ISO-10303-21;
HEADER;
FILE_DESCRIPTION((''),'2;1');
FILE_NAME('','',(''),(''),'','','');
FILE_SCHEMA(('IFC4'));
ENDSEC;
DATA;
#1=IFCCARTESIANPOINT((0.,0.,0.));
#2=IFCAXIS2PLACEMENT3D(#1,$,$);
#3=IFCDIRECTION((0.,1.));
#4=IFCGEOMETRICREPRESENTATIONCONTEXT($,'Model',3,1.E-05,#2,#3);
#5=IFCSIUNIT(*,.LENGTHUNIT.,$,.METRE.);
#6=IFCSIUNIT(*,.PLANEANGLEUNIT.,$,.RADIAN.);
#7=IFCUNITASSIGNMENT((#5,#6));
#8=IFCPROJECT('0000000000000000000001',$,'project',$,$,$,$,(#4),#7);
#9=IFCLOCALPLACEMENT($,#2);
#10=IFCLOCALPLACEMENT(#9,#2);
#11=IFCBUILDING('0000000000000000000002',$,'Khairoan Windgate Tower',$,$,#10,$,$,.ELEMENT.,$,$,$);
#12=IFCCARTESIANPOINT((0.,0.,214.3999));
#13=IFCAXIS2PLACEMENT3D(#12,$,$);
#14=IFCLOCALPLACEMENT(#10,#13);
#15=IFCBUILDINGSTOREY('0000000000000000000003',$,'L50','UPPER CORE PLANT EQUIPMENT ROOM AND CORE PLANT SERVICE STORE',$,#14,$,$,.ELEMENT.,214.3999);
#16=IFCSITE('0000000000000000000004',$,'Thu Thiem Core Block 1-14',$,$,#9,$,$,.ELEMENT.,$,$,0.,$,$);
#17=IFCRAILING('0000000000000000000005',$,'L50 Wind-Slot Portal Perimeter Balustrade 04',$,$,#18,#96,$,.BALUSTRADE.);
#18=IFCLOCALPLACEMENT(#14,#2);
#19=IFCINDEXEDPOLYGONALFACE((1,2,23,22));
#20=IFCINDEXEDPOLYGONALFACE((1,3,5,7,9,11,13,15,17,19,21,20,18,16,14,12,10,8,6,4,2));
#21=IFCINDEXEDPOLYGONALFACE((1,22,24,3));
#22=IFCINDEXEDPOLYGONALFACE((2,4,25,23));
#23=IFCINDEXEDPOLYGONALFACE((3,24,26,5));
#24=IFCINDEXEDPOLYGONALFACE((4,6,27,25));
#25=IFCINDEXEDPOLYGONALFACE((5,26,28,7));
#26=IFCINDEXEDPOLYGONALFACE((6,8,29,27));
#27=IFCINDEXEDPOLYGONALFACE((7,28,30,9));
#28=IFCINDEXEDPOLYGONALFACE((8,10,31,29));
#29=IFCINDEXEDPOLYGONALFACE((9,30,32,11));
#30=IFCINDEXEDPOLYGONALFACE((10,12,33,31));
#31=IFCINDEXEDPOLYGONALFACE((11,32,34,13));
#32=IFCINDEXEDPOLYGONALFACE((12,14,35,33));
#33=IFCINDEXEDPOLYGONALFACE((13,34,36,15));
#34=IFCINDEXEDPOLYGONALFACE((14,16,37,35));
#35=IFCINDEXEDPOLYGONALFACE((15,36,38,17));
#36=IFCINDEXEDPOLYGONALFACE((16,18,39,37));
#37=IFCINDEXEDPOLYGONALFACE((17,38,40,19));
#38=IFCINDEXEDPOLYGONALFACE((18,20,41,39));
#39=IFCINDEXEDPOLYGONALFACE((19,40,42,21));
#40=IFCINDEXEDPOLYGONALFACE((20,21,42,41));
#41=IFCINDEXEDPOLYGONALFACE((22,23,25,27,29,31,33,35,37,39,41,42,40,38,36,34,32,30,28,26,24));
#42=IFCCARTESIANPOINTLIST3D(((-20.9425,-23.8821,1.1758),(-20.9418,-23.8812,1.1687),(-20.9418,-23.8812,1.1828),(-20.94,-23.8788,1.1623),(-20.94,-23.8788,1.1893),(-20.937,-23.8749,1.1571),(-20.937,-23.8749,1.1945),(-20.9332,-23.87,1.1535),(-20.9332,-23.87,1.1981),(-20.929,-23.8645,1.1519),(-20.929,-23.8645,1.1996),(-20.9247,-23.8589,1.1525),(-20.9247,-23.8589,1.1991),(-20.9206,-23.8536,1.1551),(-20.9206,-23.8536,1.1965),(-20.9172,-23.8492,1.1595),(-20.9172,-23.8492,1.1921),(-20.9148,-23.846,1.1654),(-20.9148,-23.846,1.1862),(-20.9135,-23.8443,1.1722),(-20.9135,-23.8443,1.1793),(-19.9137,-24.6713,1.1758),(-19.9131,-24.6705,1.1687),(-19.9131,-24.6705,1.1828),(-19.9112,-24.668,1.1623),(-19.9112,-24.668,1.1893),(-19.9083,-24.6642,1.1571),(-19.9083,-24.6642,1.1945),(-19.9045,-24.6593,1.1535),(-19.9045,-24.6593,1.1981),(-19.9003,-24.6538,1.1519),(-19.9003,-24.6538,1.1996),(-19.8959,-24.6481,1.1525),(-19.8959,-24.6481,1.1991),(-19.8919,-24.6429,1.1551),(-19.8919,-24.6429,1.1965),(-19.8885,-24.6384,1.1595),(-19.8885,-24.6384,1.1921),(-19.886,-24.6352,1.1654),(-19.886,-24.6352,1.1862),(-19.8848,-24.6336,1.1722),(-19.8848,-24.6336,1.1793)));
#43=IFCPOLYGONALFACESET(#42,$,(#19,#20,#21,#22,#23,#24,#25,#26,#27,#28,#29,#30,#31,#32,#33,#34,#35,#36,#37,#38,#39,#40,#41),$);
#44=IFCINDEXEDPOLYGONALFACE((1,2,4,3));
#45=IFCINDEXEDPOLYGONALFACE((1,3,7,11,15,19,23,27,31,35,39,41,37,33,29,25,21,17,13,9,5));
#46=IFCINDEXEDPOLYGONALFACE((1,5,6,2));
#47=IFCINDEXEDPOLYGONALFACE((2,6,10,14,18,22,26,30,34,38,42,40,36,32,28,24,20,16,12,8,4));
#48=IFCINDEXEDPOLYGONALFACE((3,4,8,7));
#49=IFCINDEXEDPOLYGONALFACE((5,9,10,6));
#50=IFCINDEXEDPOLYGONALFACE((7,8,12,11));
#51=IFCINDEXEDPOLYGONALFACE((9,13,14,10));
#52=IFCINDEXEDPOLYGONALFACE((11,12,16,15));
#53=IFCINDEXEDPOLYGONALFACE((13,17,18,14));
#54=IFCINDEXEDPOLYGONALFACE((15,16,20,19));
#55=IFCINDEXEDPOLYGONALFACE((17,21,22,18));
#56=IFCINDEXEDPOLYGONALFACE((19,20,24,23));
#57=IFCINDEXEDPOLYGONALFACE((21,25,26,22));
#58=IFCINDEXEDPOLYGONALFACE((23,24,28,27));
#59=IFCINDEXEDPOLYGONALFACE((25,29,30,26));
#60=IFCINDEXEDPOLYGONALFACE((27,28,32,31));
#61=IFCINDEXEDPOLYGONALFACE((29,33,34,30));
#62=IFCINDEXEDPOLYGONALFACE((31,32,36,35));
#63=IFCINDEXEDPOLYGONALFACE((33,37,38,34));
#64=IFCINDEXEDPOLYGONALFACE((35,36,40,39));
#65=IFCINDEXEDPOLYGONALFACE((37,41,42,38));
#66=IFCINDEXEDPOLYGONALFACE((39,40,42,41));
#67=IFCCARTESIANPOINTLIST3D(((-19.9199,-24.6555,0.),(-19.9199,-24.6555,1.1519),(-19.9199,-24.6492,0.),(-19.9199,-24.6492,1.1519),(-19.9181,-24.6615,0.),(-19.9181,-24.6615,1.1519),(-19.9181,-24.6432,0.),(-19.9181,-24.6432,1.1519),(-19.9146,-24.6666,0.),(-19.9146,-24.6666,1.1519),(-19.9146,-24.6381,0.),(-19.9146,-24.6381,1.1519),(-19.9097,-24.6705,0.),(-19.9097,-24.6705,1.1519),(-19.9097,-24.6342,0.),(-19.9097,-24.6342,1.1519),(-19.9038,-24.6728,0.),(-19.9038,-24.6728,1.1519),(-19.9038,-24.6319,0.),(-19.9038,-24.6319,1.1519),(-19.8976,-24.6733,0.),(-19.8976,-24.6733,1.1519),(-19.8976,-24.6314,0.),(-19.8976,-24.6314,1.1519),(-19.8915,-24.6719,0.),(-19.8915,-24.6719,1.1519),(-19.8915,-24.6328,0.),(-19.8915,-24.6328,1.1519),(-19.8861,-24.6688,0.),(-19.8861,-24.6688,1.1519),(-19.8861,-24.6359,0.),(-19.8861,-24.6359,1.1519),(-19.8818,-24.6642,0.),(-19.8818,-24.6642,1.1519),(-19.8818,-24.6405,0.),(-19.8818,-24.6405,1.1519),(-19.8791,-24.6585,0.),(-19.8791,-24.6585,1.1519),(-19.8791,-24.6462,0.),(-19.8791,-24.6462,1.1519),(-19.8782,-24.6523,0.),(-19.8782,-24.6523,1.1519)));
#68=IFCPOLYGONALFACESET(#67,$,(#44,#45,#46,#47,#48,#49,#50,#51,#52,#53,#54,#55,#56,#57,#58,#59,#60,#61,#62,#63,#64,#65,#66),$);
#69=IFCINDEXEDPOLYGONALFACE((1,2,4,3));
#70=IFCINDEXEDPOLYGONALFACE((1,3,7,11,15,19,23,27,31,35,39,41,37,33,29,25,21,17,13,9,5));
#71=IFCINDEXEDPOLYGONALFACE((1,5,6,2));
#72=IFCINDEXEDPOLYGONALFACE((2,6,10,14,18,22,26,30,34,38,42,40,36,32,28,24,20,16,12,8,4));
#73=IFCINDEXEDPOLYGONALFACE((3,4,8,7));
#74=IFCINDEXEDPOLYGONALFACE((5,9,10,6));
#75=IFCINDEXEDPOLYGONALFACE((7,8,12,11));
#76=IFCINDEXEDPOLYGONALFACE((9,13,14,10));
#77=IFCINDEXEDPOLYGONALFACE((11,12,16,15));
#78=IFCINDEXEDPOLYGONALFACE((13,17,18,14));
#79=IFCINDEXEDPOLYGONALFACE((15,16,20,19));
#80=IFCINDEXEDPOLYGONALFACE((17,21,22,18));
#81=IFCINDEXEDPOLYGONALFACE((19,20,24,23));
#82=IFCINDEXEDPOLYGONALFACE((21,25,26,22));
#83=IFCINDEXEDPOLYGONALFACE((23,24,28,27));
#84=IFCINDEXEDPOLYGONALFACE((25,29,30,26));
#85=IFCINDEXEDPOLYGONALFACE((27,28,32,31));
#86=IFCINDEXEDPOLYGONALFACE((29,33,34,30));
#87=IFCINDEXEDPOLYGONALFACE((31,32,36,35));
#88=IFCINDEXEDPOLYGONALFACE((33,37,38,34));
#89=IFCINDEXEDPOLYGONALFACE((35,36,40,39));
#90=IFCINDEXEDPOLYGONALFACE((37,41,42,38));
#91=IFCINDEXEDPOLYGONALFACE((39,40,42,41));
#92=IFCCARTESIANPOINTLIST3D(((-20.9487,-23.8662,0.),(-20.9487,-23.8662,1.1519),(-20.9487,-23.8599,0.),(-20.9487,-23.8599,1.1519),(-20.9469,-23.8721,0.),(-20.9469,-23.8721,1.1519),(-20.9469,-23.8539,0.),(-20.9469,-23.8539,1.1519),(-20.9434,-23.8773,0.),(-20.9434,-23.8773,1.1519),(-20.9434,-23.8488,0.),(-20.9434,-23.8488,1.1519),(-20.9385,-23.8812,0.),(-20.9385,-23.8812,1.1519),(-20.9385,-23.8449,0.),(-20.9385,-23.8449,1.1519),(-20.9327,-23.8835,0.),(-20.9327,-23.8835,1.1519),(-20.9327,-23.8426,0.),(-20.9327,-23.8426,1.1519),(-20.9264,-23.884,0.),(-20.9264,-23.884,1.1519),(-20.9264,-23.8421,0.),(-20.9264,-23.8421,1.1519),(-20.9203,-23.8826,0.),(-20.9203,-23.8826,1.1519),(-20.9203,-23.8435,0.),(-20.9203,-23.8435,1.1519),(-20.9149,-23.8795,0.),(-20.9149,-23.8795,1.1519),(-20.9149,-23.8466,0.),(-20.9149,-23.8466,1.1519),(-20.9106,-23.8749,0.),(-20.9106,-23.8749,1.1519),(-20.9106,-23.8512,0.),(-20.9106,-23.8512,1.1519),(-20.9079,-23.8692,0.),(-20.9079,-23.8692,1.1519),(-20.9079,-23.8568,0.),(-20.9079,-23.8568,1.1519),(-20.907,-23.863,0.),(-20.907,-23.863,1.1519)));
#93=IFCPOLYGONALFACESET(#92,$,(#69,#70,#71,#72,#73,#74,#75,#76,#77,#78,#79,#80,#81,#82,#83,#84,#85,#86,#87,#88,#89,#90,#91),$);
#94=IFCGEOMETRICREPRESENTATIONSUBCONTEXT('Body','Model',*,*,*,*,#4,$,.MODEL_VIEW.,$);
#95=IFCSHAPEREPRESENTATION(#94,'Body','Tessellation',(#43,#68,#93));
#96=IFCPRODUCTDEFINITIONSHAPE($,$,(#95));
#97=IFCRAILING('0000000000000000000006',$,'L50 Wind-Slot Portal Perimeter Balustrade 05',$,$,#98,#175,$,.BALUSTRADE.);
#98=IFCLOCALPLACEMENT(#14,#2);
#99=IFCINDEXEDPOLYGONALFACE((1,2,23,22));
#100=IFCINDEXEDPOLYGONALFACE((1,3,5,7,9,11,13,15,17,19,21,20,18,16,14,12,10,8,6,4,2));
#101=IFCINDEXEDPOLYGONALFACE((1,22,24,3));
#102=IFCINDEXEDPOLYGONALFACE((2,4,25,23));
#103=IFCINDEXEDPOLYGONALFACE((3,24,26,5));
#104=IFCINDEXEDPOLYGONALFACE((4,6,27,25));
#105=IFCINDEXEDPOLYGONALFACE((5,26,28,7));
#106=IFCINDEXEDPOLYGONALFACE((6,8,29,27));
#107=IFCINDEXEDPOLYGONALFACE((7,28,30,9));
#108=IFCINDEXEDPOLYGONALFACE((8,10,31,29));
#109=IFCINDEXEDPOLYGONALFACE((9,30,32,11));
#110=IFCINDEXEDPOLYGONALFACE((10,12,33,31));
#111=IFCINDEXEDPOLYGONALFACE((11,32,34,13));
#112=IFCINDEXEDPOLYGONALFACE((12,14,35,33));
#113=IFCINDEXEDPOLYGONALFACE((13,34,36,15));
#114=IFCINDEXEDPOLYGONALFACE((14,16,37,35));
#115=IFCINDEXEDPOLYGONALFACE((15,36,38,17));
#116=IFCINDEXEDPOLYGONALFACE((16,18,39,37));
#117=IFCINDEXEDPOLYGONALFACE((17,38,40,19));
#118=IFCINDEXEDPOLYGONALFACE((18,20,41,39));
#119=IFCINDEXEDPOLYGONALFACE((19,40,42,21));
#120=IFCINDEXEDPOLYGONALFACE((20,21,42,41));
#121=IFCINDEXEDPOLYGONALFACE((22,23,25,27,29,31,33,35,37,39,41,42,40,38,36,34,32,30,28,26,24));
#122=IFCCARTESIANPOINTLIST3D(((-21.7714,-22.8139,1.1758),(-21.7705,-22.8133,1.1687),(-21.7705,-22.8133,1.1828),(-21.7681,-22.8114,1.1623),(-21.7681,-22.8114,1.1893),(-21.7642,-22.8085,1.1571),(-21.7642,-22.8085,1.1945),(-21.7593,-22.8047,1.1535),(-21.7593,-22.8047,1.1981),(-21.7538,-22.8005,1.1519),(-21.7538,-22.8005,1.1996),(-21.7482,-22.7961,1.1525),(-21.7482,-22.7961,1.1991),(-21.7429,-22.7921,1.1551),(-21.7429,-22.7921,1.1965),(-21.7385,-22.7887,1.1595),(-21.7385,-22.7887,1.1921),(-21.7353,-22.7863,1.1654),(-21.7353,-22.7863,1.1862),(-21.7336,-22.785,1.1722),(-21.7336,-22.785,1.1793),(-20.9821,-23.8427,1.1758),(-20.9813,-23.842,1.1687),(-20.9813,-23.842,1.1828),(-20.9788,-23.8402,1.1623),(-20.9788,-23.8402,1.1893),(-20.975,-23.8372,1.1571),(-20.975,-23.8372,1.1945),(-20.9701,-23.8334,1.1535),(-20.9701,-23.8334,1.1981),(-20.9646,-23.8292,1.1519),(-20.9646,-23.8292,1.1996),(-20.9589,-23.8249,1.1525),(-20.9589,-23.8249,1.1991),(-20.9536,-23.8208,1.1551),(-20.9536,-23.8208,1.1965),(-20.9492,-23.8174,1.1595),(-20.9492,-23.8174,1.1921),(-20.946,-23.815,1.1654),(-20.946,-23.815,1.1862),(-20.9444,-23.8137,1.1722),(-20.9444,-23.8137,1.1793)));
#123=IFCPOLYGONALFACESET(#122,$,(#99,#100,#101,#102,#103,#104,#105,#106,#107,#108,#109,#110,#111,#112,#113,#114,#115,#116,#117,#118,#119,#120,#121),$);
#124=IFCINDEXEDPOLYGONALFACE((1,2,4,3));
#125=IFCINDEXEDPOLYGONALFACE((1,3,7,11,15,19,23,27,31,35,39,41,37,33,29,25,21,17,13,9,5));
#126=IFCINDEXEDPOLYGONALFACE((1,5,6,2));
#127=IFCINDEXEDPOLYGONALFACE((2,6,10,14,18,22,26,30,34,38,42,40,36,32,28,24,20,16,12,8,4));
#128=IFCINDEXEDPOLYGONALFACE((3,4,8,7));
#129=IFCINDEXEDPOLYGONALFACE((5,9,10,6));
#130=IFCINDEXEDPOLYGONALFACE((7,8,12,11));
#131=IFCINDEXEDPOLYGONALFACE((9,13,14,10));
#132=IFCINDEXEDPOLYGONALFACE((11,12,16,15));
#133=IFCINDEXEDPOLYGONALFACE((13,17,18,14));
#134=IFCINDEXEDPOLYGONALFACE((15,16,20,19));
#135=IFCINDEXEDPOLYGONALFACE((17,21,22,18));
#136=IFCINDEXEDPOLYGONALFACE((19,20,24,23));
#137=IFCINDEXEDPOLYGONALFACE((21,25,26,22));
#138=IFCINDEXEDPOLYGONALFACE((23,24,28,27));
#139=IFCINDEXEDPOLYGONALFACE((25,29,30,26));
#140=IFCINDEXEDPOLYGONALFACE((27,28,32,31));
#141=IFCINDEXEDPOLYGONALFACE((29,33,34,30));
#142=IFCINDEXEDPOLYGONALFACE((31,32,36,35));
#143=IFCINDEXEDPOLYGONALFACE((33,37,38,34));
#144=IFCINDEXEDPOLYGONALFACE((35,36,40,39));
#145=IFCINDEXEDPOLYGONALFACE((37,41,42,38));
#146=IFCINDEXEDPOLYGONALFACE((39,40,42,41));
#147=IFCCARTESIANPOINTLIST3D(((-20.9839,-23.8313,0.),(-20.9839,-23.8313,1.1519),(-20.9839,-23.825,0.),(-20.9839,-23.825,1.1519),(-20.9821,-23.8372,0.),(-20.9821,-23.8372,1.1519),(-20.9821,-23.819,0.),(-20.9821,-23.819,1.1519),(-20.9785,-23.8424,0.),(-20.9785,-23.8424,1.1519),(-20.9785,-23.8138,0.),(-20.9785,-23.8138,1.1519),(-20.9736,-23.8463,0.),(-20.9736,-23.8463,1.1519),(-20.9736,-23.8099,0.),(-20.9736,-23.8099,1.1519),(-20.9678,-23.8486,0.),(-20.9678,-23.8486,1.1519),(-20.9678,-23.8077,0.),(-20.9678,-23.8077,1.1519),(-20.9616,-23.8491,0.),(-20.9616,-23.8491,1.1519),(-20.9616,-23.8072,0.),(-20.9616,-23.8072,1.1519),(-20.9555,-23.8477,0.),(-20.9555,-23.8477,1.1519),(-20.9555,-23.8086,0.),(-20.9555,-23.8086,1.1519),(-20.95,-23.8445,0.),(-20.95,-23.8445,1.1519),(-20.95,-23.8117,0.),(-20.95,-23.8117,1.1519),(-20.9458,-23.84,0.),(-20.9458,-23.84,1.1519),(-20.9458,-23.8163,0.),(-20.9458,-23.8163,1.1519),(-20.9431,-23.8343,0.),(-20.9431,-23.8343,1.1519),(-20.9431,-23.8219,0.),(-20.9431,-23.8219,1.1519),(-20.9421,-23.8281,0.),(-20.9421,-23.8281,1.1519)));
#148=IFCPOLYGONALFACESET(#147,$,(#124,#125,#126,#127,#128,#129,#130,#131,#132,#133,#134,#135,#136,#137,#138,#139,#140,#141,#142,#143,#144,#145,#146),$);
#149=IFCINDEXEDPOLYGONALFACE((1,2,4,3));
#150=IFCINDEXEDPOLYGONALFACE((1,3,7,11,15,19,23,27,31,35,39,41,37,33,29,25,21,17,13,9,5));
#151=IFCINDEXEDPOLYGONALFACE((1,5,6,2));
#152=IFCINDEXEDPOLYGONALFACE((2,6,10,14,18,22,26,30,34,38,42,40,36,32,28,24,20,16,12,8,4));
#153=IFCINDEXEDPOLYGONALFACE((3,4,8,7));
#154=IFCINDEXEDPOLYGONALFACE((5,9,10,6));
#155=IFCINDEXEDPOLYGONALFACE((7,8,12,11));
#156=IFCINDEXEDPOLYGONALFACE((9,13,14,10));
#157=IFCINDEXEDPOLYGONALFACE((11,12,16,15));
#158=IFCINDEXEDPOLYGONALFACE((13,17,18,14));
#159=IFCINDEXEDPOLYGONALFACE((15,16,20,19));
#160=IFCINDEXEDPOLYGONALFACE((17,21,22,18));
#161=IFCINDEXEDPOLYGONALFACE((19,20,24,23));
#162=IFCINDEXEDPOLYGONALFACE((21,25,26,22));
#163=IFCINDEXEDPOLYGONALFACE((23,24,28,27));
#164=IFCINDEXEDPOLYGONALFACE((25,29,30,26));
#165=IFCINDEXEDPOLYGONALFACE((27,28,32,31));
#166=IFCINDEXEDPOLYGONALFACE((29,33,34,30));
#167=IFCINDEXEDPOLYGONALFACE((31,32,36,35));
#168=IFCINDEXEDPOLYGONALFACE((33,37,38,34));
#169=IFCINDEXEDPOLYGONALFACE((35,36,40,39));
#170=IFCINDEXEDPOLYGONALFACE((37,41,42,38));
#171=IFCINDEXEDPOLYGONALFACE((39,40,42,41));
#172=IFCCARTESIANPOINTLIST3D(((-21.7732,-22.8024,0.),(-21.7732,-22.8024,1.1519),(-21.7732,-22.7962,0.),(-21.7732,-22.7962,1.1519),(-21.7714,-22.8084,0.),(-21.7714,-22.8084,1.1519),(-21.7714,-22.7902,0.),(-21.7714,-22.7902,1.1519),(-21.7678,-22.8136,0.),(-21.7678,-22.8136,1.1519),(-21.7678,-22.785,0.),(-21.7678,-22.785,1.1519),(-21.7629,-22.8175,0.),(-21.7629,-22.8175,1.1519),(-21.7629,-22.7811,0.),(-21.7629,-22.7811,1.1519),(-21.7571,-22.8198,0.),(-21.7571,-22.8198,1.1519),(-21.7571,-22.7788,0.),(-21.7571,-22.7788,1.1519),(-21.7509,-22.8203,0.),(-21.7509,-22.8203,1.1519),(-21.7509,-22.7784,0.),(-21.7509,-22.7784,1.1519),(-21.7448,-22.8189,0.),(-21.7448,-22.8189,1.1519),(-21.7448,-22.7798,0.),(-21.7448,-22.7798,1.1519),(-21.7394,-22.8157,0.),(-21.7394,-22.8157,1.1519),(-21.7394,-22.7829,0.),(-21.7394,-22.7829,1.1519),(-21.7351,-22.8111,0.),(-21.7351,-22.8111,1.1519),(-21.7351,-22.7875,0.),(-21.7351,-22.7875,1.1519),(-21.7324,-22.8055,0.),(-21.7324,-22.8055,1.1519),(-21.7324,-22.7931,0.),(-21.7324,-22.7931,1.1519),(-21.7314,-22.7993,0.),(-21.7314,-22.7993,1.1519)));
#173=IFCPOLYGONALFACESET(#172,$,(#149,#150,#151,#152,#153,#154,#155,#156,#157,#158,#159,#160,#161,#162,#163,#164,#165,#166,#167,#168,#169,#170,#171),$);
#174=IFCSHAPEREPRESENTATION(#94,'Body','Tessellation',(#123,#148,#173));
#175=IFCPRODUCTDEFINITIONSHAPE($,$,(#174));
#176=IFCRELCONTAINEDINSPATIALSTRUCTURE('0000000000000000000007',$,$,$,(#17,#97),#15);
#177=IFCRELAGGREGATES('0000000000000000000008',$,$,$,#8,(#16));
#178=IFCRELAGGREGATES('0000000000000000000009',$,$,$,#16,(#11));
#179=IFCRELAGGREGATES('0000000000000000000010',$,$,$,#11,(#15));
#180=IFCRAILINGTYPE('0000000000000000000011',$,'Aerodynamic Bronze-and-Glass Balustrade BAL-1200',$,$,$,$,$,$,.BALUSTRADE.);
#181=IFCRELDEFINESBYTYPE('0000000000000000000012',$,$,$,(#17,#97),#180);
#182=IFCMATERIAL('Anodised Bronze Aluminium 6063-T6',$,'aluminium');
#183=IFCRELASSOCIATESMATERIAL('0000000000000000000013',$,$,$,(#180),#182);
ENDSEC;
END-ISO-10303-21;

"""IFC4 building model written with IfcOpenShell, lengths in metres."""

from ifc_helpers import new_model, si_unit, direction, frame, origin, origin_2d, place, context, subcontext, project, spatial, circle, extrude, material, type_object, element, save


model = new_model("IFC4")

# Units and contexts
model_context = context("Model", 3, precision=1e-05, world=origin(), true_north=direction((0.0, 1.0)))
body_context = subcontext(model_context, "Body", "Model", "MODEL_VIEW")
ifc_project = project(units=[si_unit("LENGTHUNIT", "METRE"), si_unit("PLANEANGLEUNIT", "RADIAN")], contexts=[model_context])

# Site, building, storey
site_placement = place(None, origin())
site = spatial("IfcSite", under=ifc_project, at=site_placement, Name="Thu Thiem Core Block 1-14", CompositionType="ELEMENT", RefElevation=0.0)
building_placement = place(site_placement, origin())
building = spatial("IfcBuilding", under=site, at=building_placement, Name="Khairoan Windgate Tower", CompositionType="ELEMENT")
storey_placement = place(building_placement, frame((0.0, 0.0, 214.3999)))
storey = spatial("IfcBuildingStorey", under=building, at=storey_placement, Name="L50", Description="UPPER CORE PLANT EQUIPMENT ROOM AND CORE PLANT SERVICE STORE", CompositionType="ELEMENT", Elevation=214.3999)

# Railings
ifc_material_1 = material(Name="Anodised Bronze Aluminium 6063-T6", Category="aluminium")
railing_type = type_object("IfcRailingType", Name="Aerodynamic Bronze-and-Glass Balustrade BAL-1200", PredefinedType="BALUSTRADE", material=ifc_material_1)
railing_1_placement = place(storey_placement, frame((-19.8992, -24.6523, 0.0)))
element("IfcRailing", 1, at=railing_1_placement, inside=storey, type_object=railing_type, Name="L50 Wind-Slot Portal Perimeter Balustrade 04", PredefinedType="BALUSTRADE", context=body_context, shape_type="SweptSolid", body=[
    extrude(circle(Radius=0.0239, at=origin_2d()), frame((0.0, 0.0, 1.1758), z_axis=(-0.7934, 0.6087, 0.0), x_axis=(-0.6087, -0.7934, 0.0)), (0.0, 0.0, 1.0), 1.2966),
    extrude(circle(Radius=0.021, at=origin_2d()), origin(), (0.0, 0.0, 1.0), 1.1519),
    extrude(circle(Radius=0.021, at=origin_2d()), frame((-1.0288, 0.7893, 0.0)), (0.0, 0.0, 1.0), 1.1519),
])
railing_2_placement = place(storey_placement, frame((-20.9631, -23.8281, 0.0)))
element("IfcRailing", 2, at=railing_2_placement, inside=storey, type_object=railing_type, Name="L50 Wind-Slot Portal Perimeter Balustrade 05", PredefinedType="BALUSTRADE", context=body_context, shape_type="SweptSolid", body=[
    extrude(circle(Radius=0.0239, at=origin_2d()), frame((0.0, 0.0, 1.1758), z_axis=(-0.6087, 0.7934, 0.0), x_axis=(-0.7934, -0.6087, 0.0)), (0.0, 0.0, 1.0), 1.2966),
    extrude(circle(Radius=0.021, at=origin_2d()), origin(), (0.0, 0.0, 1.0), 1.1519),
    extrude(circle(Radius=0.021, at=origin_2d()), frame((-0.7893, 1.0288, 0.0)), (0.0, 0.0, 1.0), 1.1519),
])

save(model, "model.ifc")
